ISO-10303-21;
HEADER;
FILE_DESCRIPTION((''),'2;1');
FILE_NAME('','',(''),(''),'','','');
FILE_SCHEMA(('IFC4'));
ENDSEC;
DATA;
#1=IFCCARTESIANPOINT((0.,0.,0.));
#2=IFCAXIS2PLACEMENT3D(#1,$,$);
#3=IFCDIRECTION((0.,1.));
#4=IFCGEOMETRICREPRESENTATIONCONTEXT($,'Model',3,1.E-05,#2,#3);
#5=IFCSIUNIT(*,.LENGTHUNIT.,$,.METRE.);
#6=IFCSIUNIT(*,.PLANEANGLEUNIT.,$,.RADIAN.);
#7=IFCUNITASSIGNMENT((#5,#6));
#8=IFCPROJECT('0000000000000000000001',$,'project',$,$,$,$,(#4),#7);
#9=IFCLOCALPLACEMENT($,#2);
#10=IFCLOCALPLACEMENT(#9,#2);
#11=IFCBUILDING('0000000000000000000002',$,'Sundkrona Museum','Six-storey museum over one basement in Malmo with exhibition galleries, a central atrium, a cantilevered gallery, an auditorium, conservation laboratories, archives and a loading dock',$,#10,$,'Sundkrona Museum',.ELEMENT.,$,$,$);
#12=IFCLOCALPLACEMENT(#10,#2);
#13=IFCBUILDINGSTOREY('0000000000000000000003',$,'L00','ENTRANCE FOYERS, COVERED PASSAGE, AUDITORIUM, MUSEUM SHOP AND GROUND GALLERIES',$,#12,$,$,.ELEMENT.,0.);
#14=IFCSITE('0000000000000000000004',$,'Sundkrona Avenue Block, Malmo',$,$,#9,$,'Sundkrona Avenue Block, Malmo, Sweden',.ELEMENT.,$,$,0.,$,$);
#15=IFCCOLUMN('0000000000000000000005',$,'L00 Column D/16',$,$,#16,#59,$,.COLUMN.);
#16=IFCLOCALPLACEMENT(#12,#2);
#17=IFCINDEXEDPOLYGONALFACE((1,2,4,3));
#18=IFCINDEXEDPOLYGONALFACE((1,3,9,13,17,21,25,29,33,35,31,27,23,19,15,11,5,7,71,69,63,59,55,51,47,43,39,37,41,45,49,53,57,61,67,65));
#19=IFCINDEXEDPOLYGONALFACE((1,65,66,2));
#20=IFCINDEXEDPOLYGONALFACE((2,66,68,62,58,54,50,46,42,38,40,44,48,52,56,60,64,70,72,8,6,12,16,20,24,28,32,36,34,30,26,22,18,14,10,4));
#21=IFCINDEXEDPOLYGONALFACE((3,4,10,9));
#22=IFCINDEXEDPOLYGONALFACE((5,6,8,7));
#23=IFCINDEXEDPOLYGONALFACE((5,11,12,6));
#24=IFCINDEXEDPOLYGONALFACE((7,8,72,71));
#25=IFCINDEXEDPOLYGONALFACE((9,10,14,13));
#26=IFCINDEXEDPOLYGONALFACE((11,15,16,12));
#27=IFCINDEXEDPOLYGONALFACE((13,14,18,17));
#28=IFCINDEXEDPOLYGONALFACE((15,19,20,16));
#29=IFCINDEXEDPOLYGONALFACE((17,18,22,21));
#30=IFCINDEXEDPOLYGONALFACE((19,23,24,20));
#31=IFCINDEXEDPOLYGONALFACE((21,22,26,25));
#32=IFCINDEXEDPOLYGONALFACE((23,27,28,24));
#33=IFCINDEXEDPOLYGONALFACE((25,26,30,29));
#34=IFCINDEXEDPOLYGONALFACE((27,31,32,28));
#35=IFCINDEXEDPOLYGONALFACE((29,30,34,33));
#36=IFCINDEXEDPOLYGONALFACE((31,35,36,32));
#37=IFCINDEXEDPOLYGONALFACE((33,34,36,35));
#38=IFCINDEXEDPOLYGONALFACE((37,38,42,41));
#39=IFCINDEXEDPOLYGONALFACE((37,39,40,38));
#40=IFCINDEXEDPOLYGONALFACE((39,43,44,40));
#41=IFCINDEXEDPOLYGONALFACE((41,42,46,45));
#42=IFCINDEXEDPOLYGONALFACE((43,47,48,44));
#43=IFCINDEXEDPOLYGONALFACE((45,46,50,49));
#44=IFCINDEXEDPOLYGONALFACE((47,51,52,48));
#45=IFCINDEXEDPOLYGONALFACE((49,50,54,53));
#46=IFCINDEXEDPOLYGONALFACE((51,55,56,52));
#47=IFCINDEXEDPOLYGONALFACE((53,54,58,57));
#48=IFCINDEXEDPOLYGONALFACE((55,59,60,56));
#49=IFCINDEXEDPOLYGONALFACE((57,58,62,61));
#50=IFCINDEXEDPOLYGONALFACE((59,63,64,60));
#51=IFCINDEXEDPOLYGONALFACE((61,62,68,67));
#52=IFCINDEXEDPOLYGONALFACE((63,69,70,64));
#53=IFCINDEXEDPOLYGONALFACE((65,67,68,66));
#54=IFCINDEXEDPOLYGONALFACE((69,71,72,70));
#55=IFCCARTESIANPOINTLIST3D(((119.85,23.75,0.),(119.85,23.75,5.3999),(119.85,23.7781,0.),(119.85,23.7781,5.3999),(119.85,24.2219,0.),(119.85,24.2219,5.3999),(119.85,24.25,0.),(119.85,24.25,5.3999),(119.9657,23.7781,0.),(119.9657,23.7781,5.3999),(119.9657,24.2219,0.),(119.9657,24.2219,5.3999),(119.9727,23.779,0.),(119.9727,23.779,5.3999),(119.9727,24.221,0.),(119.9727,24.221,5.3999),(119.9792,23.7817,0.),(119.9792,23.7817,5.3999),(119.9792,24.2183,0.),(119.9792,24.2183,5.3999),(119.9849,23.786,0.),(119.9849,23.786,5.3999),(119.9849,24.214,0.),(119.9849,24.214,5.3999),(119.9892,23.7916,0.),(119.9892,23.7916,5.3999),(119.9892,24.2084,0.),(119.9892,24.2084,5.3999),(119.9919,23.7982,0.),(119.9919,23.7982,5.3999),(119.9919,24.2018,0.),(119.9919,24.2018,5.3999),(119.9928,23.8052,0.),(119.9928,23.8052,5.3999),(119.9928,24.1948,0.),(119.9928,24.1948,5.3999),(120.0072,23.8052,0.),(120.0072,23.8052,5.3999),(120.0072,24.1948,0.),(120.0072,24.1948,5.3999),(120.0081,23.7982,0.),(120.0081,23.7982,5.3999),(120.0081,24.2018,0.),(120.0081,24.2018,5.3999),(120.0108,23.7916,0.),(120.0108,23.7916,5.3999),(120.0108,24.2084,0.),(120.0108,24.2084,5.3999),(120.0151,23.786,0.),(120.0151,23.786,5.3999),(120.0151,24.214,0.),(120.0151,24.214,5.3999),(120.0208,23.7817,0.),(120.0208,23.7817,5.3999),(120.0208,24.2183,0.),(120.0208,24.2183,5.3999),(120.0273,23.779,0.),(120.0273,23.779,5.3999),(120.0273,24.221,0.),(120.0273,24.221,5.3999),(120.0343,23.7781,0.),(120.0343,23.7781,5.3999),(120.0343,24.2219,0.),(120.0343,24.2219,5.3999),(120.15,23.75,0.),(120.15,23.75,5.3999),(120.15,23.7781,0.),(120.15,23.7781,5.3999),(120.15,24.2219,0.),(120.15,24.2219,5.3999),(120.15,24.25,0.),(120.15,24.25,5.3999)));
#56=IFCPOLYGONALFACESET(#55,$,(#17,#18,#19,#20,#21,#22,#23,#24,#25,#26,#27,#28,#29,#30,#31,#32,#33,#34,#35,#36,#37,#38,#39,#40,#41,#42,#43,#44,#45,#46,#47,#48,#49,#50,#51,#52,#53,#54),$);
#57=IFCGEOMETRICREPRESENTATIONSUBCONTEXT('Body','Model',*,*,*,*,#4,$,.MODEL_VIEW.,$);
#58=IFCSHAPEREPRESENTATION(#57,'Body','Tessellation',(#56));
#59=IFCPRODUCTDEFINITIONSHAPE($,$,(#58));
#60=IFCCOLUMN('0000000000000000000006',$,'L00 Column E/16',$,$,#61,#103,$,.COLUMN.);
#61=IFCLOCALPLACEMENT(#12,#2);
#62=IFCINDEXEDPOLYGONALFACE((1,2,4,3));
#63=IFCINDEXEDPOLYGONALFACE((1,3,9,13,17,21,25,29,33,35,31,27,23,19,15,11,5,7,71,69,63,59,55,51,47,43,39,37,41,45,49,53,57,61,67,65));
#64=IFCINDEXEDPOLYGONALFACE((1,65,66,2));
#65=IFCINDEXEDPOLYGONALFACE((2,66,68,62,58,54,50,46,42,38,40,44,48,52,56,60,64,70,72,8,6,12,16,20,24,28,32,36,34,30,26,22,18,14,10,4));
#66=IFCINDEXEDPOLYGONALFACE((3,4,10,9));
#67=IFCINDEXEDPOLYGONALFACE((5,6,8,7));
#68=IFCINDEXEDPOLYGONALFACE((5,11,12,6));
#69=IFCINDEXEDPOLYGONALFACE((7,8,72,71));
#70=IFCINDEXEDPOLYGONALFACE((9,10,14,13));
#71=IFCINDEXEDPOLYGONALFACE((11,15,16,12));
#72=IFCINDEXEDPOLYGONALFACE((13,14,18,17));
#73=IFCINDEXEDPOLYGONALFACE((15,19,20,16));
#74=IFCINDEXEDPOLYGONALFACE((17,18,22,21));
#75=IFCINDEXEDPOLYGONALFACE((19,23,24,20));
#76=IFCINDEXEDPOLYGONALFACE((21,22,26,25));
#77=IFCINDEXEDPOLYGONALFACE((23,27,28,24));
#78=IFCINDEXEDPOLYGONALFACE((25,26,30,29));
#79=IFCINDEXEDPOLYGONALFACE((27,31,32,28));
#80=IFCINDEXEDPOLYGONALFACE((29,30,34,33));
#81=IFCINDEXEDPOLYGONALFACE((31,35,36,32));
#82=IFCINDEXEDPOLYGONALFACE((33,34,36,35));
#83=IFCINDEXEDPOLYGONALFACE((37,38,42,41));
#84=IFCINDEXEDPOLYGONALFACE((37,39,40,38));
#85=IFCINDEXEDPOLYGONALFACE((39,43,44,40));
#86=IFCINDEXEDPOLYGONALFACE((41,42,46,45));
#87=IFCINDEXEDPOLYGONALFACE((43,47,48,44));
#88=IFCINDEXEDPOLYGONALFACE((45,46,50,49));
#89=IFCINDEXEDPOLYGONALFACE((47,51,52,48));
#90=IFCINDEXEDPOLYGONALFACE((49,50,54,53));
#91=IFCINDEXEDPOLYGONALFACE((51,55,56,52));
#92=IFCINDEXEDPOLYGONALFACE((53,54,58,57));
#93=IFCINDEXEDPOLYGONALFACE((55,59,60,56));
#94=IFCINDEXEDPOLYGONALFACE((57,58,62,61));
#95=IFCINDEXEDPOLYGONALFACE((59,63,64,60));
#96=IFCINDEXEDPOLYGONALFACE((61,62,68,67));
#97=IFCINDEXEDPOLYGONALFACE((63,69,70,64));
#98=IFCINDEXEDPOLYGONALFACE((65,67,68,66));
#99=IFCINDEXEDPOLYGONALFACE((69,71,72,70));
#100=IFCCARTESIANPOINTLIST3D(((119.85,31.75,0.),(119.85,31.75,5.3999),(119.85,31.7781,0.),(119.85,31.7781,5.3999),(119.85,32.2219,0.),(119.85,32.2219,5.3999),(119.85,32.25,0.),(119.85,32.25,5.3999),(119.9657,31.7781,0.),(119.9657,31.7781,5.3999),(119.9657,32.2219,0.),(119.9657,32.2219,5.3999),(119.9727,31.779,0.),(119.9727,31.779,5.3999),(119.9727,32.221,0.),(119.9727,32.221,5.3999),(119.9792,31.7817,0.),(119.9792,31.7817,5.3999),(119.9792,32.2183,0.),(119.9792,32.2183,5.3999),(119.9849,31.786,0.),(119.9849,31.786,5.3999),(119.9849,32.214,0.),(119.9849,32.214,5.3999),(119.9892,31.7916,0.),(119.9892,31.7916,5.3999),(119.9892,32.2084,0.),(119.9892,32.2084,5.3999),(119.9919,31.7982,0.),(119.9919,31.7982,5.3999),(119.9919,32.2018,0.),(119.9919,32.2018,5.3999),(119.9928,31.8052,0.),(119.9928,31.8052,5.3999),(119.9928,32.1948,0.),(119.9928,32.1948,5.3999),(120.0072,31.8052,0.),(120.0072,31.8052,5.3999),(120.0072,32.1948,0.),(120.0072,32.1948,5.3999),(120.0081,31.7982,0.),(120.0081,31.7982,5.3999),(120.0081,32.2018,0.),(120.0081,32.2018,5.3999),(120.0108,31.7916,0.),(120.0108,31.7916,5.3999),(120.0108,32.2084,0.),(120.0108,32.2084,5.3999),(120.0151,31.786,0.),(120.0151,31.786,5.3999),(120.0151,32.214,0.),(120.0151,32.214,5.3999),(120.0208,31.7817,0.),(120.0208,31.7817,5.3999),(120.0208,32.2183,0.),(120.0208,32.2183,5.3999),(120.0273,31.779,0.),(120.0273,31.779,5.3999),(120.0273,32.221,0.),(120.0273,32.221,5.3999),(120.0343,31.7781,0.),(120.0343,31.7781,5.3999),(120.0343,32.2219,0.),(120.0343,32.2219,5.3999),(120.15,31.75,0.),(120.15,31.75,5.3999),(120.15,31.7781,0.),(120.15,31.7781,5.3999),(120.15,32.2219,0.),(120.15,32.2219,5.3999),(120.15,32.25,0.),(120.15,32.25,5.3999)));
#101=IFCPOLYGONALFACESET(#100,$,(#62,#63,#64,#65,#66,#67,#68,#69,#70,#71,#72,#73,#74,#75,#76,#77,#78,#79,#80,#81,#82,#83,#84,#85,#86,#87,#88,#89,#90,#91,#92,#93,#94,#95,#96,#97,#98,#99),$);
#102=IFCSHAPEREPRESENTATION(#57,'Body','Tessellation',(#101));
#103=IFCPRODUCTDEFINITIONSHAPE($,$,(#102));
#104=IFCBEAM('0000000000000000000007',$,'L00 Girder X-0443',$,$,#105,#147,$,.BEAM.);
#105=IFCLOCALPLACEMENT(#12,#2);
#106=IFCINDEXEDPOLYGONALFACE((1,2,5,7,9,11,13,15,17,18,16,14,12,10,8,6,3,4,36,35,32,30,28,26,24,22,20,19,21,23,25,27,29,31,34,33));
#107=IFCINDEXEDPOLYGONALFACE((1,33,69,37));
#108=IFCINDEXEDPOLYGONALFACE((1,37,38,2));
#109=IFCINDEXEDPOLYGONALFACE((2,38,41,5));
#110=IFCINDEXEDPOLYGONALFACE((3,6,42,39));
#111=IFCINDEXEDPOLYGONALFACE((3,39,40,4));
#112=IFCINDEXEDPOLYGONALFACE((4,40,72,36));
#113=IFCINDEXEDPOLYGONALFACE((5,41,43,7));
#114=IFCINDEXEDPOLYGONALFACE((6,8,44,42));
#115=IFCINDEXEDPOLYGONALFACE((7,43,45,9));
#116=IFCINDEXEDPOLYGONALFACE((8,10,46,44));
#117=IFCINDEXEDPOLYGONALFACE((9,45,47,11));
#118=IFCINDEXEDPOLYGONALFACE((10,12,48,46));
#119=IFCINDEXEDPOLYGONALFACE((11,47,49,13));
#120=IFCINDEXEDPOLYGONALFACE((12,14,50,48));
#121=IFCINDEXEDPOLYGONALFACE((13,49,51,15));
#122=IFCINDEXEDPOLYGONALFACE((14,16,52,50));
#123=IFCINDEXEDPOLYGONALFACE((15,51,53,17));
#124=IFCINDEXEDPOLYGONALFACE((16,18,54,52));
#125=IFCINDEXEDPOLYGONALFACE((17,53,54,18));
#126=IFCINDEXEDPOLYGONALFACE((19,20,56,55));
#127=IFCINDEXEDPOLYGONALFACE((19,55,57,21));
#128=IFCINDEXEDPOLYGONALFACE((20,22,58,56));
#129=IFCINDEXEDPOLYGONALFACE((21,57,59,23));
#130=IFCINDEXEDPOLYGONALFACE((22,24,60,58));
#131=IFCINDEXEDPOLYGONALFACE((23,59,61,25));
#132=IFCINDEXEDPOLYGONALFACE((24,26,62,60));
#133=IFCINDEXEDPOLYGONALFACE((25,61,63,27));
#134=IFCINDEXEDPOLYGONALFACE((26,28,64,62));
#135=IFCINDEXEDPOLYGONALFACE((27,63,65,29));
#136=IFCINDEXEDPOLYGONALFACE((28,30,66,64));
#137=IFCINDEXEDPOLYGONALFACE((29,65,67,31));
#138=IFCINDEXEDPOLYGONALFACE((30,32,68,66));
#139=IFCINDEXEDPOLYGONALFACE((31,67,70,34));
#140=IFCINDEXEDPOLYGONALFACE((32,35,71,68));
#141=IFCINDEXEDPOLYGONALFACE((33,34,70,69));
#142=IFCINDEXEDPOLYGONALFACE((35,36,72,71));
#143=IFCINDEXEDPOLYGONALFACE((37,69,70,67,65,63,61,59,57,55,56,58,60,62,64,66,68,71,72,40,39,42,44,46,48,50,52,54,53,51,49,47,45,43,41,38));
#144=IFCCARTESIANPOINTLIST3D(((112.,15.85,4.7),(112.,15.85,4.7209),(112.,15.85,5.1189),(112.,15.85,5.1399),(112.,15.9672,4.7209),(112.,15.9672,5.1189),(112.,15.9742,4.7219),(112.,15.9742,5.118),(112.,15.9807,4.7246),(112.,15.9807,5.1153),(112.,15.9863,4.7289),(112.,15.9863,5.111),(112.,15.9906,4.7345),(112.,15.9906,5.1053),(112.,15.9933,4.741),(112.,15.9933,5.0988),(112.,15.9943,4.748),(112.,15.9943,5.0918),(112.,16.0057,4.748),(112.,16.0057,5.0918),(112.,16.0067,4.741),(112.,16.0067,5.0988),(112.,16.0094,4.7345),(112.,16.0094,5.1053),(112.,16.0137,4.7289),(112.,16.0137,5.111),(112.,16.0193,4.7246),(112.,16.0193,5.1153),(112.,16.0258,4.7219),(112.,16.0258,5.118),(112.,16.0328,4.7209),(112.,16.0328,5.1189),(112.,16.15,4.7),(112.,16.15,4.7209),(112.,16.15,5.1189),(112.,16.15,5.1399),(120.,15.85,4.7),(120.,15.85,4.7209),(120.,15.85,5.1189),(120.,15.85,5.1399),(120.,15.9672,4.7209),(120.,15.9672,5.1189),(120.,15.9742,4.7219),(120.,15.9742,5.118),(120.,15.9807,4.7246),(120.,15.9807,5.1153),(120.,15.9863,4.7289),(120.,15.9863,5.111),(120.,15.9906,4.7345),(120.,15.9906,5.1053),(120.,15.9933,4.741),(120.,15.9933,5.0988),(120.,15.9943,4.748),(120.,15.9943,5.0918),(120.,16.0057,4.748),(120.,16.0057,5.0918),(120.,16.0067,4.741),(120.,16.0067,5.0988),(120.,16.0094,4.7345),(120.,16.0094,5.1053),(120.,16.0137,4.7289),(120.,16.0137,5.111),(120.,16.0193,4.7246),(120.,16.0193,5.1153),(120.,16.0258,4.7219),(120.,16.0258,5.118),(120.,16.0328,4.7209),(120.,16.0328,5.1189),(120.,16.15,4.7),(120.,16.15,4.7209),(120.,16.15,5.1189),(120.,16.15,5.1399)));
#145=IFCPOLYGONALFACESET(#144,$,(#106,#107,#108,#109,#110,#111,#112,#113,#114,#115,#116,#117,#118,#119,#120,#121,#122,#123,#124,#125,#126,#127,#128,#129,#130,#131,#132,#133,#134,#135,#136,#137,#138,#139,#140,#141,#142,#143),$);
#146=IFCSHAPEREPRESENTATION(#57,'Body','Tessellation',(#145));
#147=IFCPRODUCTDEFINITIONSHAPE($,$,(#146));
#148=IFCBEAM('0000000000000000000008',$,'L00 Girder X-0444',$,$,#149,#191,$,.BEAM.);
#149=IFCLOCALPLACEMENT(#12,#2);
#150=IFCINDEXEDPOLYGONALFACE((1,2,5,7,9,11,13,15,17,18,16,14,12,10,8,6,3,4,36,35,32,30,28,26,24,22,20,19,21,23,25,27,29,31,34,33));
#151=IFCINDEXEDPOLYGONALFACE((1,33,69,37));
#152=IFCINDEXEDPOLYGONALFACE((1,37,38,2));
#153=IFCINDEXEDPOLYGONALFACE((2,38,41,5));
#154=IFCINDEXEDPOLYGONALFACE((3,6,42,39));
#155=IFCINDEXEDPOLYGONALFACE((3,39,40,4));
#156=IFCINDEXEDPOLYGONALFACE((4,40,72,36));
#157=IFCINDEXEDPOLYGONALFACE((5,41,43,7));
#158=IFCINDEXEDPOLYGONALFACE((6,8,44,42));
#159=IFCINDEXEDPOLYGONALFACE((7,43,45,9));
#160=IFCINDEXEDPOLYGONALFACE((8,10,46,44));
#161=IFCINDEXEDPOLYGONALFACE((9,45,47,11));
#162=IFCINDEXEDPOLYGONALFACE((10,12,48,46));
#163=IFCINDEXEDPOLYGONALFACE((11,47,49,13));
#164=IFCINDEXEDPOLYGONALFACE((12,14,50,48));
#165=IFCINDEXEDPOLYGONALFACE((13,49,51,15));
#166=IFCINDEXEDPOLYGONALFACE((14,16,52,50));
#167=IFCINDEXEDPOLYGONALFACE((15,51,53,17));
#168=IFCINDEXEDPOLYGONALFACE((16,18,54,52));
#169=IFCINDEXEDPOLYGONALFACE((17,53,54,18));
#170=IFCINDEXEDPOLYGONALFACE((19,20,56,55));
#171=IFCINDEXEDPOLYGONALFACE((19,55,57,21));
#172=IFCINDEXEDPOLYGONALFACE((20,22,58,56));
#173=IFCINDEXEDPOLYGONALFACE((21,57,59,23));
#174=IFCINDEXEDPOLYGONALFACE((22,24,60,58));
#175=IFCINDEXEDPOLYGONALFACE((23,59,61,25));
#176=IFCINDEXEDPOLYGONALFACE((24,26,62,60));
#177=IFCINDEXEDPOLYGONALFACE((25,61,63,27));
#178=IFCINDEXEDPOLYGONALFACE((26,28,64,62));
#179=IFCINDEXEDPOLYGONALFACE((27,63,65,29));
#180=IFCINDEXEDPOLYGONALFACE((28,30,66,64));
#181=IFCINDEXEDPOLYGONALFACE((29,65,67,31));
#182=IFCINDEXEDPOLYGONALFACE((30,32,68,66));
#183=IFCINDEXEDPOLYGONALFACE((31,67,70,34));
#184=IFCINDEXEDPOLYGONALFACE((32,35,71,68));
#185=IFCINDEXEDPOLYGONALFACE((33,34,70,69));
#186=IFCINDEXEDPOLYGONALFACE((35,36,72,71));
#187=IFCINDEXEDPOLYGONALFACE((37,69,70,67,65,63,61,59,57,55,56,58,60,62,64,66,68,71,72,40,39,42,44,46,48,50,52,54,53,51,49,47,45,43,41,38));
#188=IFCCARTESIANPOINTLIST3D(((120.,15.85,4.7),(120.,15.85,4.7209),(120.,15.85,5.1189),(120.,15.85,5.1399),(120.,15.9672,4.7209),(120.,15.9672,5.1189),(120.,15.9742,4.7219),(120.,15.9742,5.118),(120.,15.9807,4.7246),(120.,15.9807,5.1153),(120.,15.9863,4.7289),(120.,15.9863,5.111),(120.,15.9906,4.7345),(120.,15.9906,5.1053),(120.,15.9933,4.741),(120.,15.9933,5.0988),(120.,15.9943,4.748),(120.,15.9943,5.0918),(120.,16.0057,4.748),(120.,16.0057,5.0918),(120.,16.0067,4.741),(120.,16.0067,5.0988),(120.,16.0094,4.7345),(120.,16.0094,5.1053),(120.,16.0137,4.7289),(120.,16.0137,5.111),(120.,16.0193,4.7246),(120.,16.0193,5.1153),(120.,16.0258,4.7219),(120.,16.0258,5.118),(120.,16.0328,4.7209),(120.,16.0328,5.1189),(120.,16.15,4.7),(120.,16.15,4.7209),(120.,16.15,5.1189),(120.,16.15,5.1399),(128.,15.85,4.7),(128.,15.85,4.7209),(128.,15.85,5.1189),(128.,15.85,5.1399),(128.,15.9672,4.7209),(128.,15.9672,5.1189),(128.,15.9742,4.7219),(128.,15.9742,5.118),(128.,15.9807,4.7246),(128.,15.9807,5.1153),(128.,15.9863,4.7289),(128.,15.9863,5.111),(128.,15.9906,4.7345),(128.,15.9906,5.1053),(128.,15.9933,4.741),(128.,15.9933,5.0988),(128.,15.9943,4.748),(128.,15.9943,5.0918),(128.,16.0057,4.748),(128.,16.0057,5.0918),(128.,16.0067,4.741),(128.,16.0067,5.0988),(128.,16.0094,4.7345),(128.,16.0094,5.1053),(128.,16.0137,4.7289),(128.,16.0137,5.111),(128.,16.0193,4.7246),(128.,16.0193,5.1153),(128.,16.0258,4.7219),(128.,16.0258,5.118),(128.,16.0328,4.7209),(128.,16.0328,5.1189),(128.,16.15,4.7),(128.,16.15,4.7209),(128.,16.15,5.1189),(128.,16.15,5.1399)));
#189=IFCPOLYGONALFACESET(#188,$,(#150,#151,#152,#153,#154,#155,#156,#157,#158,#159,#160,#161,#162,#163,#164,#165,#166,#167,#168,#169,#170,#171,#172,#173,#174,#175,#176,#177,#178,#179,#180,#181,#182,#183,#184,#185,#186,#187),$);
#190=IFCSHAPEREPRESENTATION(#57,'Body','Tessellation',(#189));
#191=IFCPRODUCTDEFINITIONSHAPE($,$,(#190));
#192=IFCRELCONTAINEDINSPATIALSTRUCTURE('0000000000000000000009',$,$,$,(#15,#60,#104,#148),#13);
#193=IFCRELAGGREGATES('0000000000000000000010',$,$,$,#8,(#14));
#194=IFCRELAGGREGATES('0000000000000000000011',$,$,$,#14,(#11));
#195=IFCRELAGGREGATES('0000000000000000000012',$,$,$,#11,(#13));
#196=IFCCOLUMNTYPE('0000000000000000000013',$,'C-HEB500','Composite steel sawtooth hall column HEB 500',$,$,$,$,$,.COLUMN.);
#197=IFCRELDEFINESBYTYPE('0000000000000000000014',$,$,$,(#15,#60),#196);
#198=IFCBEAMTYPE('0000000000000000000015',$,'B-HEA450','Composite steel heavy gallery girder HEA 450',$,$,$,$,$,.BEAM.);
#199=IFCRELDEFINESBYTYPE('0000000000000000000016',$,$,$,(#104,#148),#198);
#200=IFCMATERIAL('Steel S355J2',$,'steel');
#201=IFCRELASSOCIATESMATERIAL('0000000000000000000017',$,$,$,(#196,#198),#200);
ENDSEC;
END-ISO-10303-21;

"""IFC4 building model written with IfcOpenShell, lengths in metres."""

from ifc_helpers import new_model, si_unit, direction, frame, origin, origin_2d, place, context, subcontext, project, spatial, i_section, extrude, material, material_profile, profile_set, type_object, element, save


model = new_model("IFC4")

# Units and contexts
model_context = context("Model", 3, precision=1e-05, world=origin(), true_north=direction((0.0, 1.0)))
body_context = subcontext(model_context, "Body", "Model", "MODEL_VIEW")
ifc_project = project(units=[si_unit("LENGTHUNIT", "METRE"), si_unit("PLANEANGLEUNIT", "RADIAN")], contexts=[model_context])

# Site, building, storey
site_placement = place(None, origin())
site = spatial("IfcSite", under=ifc_project, at=site_placement, Name="Sundkrona Avenue Block, Malmo", LongName="Sundkrona Avenue Block, Malmo, Sweden", CompositionType="ELEMENT", RefElevation=0.0)
building_placement = place(site_placement, origin())
building = spatial("IfcBuilding", under=site, at=building_placement, Name="Sundkrona Museum", Description="Six-storey museum over one basement in Malmo with exhibition galleries, a central atrium, a cantilevered gallery, an auditorium, conservation laboratories, archives and a loading dock", LongName="Sundkrona Museum", CompositionType="ELEMENT")
storey_placement = place(building_placement, origin())
storey = spatial("IfcBuildingStorey", under=building, at=storey_placement, Name="L00", Description="ENTRANCE FOYERS, COVERED PASSAGE, AUDITORIUM, MUSEUM SHOP AND GROUND GALLERIES", CompositionType="ELEMENT", Elevation=0.0)

# Columns
ifc_material_1 = material(Name="Steel S355J2", Category="steel")
ifc_material_profile_1 = material_profile(ifc_material_1, i_section(OverallWidth=0.3, OverallDepth=0.5, WebThickness=0.0144, FlangeThickness=0.0281, FilletRadius=0.0271, at=origin_2d()), Name="HEB 500")
ifc_profile_set_1 = profile_set([ifc_material_profile_1], Name="Steel S355J2")
column_type_1 = type_object("IfcColumnType", Name="C-HEB500", Description="Composite steel sawtooth hall column HEB 500", PredefinedType="COLUMN", material=ifc_profile_set_1)
for number, where, z_axis, x_axis, name in (
    (1, (120.0, 24.0, 0.0), (0.0, 0.0, 1.0), (1.0, 0.0, 0.0), "L00 Column D/16"),
    (2, (120.0, 32.0, 0.0), (0.0, 0.0, 1.0), (1.0, 0.0, 0.0), "L00 Column E/16"),
):
    element("IfcColumn", number, at=place(storey_placement, frame(where, z_axis=z_axis, x_axis=x_axis)), inside=storey, type_object=column_type_1, Name=name, PredefinedType="COLUMN", context=body_context, shape_type="SweptSolid", body=[
        extrude(i_section(OverallWidth=0.3, OverallDepth=0.5, WebThickness=0.0144, FlangeThickness=0.0281, FilletRadius=0.0271, at=origin_2d()), origin(), (0.0, 0.0, 1.0), 5.3999),
    ])

# Beams
ifc_material_profile_2 = material_profile(ifc_material_1, i_section(OverallWidth=0.3, OverallDepth=0.4399, WebThickness=0.0115, FlangeThickness=0.021, FilletRadius=0.0271, at=origin_2d()), Name="HEA 450")
ifc_profile_set_2 = profile_set([ifc_material_profile_2], Name="Steel S355J2")
beam_type_1 = type_object("IfcBeamType", Name="B-HEA450", Description="Composite steel heavy gallery girder HEA 450", PredefinedType="BEAM", material=ifc_profile_set_2)
for number, where, z_axis, x_axis, name in (
    (3, (112.0, 16.0, 4.9199), (1.0, 0.0, 0.0), (0.0, 1.0, 0.0), "L00 Girder X-0443"),
    (4, (120.0, 16.0, 4.9199), (1.0, 0.0, 0.0), (0.0, 1.0, 0.0), "L00 Girder X-0444"),
):
    element("IfcBeam", number, at=place(storey_placement, frame(where, z_axis=z_axis, x_axis=x_axis)), inside=storey, type_object=beam_type_1, Name=name, PredefinedType="BEAM", context=body_context, shape_type="SweptSolid", body=[
        extrude(i_section(OverallWidth=0.3, OverallDepth=0.4399, WebThickness=0.0115, FlangeThickness=0.021, FilletRadius=0.0271, at=origin_2d()), origin(), (0.0, 0.0, 1.0), 8.0),
    ])

save(model, "model.ifc")
